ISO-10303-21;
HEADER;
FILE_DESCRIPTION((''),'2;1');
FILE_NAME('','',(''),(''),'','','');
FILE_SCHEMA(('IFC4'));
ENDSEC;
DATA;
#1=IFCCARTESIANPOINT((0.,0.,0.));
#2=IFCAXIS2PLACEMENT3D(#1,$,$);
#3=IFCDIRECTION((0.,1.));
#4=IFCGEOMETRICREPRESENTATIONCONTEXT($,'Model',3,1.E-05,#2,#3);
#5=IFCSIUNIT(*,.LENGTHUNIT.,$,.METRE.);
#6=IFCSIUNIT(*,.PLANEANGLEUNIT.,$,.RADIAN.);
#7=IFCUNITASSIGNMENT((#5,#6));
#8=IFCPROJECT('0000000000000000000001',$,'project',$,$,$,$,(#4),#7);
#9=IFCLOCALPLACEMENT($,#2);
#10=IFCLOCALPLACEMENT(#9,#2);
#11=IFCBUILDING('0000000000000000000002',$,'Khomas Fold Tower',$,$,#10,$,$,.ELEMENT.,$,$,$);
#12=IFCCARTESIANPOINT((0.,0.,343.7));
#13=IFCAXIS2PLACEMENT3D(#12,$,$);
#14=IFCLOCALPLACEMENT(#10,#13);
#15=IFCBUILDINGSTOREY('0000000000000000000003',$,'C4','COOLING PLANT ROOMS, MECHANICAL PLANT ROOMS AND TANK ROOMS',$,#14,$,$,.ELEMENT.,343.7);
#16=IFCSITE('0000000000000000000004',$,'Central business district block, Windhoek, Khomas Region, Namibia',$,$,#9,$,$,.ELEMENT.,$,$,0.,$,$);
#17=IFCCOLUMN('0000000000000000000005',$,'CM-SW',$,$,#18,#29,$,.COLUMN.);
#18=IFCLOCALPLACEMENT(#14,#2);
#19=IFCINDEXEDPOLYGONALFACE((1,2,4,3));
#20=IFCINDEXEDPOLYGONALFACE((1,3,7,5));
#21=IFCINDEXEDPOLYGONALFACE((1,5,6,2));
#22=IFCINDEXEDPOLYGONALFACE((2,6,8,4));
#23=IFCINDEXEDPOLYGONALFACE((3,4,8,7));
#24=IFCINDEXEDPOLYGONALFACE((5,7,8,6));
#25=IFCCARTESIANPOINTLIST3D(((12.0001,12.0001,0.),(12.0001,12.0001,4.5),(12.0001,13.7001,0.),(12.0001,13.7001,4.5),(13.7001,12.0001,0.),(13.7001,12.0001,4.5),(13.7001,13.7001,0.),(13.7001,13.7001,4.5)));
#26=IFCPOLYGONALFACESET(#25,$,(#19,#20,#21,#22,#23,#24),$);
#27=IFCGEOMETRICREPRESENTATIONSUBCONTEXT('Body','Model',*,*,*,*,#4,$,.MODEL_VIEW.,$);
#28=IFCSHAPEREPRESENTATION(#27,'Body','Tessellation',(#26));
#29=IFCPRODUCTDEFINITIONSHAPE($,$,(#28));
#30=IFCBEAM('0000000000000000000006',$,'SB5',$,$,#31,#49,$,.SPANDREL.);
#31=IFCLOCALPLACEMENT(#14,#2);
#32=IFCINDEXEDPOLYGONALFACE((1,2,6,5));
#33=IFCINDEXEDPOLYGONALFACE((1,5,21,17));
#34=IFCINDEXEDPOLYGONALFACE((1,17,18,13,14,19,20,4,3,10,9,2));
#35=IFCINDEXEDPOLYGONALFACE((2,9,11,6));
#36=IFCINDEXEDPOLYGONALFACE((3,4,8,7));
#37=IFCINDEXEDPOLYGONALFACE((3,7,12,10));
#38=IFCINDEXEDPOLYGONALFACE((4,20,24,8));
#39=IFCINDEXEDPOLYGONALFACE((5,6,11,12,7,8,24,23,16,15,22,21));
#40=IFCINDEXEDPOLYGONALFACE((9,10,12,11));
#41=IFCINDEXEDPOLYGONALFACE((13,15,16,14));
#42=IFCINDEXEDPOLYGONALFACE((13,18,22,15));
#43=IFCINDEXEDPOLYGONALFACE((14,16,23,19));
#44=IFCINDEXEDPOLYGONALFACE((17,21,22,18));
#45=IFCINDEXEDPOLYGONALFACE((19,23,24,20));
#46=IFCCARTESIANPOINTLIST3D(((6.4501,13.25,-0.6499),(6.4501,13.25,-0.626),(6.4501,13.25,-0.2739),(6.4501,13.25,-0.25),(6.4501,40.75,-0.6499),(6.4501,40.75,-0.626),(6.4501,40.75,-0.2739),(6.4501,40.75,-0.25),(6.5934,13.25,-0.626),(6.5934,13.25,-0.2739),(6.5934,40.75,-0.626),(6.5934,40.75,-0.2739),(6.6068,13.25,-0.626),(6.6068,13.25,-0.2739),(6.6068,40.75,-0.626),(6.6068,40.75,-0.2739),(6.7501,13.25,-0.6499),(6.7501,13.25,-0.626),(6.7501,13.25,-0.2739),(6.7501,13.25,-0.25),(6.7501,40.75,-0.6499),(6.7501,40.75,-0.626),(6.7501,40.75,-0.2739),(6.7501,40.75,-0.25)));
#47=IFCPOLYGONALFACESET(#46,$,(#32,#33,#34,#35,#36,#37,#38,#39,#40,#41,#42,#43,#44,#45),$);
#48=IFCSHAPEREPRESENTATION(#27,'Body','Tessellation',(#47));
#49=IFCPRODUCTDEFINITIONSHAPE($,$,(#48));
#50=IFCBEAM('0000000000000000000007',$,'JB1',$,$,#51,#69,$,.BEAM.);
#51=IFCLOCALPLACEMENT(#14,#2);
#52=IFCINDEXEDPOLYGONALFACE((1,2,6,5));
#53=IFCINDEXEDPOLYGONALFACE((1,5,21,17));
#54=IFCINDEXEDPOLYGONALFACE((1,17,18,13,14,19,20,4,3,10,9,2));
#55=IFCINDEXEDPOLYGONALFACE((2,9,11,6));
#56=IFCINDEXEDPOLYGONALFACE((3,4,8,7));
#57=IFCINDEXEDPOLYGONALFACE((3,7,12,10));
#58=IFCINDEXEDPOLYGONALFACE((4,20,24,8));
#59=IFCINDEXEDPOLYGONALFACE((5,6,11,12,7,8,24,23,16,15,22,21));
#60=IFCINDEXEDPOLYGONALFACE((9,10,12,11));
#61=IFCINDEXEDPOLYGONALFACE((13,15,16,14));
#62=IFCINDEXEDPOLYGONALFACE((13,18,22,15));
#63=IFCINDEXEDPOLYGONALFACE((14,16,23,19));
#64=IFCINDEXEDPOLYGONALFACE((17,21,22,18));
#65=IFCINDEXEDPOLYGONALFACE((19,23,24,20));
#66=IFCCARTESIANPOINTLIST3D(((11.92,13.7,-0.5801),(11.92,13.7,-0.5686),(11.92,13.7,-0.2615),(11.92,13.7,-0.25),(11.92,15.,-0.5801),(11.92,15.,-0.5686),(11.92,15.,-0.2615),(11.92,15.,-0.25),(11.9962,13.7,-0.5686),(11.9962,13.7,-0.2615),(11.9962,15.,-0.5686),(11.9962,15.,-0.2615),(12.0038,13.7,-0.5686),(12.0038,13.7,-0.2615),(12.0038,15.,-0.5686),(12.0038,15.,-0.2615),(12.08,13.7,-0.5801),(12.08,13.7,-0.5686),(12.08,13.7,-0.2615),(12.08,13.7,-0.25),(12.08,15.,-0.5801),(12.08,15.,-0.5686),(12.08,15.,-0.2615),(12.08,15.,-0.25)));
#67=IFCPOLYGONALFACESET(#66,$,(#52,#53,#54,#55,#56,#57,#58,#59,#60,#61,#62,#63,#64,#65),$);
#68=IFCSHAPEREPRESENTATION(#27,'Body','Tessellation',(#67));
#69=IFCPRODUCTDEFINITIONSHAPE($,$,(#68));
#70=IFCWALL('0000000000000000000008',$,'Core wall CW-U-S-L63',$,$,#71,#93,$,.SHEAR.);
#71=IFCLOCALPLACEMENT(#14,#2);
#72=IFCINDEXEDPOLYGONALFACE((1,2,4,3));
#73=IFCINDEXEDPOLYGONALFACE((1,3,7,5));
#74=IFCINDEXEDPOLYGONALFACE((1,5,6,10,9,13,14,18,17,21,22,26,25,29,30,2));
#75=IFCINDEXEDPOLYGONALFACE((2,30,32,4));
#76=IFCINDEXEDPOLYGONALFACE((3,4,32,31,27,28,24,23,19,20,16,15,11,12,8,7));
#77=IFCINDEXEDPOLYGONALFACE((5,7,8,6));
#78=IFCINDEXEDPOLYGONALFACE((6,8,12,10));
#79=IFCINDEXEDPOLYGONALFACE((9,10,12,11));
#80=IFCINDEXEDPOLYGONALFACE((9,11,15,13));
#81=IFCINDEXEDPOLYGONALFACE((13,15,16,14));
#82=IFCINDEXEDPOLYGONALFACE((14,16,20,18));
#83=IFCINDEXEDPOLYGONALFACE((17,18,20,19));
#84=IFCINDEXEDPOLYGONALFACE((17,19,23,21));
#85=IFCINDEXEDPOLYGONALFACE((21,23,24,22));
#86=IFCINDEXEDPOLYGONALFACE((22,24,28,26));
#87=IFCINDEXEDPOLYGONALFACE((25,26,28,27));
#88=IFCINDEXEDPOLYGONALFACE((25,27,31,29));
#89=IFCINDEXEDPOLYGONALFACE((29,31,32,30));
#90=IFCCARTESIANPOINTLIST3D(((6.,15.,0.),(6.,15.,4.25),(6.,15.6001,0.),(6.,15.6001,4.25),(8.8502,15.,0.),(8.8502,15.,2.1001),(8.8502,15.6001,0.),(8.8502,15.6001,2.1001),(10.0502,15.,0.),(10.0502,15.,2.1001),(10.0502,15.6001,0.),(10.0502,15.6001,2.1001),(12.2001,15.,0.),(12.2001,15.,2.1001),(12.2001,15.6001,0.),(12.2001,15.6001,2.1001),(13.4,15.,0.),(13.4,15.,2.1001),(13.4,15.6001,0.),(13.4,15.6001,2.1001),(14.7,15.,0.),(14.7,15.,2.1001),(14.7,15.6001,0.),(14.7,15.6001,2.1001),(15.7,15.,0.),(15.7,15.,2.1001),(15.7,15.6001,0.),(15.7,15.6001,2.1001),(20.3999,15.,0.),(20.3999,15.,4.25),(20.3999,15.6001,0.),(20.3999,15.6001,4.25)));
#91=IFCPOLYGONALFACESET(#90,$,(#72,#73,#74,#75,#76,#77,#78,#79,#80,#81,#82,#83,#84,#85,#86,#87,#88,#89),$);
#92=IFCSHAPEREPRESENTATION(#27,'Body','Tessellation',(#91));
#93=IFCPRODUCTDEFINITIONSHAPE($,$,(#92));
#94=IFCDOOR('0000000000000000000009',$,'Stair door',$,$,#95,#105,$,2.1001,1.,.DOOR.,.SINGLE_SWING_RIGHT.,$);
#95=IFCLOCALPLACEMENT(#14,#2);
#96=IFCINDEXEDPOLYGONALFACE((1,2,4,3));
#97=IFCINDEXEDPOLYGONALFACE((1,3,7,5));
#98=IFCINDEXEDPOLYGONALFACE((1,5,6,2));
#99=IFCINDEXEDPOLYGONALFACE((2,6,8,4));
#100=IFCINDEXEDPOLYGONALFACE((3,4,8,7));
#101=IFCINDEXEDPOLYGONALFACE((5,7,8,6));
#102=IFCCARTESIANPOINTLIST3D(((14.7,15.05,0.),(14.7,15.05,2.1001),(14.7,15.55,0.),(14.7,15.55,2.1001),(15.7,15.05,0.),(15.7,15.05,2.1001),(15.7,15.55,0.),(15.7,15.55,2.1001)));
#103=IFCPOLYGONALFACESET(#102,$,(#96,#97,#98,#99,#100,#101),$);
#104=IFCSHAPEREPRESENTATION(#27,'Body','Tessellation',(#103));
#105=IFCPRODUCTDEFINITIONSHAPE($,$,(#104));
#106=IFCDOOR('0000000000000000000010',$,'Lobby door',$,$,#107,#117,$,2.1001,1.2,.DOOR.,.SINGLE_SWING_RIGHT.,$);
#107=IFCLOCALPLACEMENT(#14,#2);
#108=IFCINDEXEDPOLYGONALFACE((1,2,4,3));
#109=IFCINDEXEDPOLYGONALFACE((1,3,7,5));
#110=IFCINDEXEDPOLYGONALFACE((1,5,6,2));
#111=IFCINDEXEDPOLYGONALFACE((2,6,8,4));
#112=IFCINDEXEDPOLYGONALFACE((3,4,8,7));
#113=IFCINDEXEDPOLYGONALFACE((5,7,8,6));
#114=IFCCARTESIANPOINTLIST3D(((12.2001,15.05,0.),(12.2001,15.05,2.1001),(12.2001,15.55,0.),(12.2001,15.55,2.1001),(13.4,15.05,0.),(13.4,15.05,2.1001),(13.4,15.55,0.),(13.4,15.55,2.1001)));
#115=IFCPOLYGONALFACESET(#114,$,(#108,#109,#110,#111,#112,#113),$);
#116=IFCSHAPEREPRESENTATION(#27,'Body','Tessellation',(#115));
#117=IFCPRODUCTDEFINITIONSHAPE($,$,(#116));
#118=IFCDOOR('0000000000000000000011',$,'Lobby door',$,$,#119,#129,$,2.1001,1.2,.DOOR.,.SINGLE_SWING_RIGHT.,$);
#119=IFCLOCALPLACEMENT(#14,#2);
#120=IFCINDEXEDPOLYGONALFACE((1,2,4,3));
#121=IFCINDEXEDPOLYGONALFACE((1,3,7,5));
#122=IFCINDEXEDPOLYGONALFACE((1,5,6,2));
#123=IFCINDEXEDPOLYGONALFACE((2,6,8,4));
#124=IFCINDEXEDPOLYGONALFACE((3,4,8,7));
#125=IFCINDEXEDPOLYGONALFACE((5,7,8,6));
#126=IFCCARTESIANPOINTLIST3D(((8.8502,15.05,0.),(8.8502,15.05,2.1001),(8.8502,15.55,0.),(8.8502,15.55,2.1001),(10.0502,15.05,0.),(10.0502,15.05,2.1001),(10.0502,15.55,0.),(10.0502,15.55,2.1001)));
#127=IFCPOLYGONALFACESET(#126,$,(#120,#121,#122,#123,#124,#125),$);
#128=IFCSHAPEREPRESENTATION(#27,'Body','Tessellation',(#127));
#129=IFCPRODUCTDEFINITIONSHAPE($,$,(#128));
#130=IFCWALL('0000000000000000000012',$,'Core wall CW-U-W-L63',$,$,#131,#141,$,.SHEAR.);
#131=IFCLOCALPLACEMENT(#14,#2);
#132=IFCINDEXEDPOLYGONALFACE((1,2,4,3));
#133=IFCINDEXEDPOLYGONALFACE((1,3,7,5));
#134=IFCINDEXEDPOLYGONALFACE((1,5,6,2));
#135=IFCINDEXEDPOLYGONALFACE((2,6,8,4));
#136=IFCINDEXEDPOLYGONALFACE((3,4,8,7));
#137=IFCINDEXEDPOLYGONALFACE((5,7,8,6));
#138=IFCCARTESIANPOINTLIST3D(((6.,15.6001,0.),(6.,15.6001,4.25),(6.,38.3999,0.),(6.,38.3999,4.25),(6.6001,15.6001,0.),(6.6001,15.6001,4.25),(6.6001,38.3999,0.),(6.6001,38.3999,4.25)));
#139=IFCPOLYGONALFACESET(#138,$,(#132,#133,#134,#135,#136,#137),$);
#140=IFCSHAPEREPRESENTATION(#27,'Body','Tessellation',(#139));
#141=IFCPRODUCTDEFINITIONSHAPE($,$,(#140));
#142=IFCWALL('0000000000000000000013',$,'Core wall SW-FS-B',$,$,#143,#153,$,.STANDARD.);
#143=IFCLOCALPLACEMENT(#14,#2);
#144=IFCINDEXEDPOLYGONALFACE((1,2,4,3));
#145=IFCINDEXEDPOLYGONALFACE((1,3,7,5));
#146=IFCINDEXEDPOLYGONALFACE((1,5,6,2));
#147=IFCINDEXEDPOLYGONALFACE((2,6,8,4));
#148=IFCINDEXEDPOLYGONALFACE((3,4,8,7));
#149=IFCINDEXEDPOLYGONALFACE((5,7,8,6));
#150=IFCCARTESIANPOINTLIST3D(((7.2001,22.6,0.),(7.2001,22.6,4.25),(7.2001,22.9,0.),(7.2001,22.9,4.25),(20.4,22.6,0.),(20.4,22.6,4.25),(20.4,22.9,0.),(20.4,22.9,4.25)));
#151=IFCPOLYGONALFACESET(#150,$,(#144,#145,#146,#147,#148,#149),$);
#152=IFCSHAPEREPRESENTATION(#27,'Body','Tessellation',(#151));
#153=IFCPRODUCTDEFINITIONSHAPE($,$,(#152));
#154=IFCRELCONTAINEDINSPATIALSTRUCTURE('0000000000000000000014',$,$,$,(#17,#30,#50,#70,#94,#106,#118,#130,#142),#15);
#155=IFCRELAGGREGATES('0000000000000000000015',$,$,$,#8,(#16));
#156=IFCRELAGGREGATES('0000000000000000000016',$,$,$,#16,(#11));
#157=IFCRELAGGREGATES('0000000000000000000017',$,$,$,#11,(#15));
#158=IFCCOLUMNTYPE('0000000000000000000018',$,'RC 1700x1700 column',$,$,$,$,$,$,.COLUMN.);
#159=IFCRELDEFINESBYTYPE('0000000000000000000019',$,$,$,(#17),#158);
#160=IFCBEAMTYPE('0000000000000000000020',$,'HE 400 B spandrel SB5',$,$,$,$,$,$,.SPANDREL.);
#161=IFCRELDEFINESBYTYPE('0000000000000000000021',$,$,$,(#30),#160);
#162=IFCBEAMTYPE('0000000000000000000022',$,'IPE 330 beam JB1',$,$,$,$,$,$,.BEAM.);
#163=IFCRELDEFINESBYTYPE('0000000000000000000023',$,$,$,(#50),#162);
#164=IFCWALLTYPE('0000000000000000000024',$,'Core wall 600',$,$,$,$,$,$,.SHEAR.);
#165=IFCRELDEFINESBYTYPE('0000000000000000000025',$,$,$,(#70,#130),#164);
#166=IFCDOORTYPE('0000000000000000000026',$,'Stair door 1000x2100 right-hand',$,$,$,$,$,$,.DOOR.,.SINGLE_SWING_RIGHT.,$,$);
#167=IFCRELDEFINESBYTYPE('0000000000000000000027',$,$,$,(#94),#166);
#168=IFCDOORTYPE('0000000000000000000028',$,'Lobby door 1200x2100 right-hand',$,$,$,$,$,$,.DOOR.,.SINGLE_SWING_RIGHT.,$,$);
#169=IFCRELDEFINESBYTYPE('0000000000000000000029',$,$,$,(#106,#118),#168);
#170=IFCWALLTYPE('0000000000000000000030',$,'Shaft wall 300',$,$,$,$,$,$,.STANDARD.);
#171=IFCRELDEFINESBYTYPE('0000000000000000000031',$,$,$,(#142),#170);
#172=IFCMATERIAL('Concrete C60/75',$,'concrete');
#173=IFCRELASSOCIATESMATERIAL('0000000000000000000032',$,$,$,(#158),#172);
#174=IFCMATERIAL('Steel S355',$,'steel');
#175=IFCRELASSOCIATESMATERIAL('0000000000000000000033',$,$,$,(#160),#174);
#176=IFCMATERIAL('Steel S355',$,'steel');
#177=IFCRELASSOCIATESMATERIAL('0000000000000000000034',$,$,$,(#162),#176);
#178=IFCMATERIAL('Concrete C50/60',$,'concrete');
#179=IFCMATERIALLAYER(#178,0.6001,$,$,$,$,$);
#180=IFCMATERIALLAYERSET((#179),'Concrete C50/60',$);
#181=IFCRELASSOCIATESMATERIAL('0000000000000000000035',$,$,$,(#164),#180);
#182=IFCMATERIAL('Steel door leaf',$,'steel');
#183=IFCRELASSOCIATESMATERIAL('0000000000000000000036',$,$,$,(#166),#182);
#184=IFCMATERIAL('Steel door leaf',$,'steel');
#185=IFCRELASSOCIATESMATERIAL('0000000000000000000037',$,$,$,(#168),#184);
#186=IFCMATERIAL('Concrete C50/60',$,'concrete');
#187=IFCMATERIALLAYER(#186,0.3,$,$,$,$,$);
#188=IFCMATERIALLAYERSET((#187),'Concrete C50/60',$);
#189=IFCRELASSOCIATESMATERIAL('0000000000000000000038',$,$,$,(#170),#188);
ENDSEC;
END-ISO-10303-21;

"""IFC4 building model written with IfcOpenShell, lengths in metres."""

from ifc_helpers import new_model, si_unit, direction, frame, frame_2d, origin, origin_2d, place, context, subcontext, project, spatial, rectangle, i_section, extrude, source, transform, mapped, material, layer, layer_set, material_profile, profile_set, type_object, element, fill, save


model = new_model("IFC4")

# Units and contexts
model_context = context("Model", 3, precision=1e-05, world=origin(), true_north=direction((0.0, 1.0)))
body_context = subcontext(model_context, "Body", "Model", "MODEL_VIEW")
ifc_project = project(units=[si_unit("LENGTHUNIT", "METRE"), si_unit("PLANEANGLEUNIT", "RADIAN")], contexts=[model_context])

# Site, building, storey
site_placement = place(None, origin())
site = spatial("IfcSite", under=ifc_project, at=site_placement, Name="Central business district block, Windhoek, Khomas Region, Namibia", CompositionType="ELEMENT", RefElevation=0.0)
building_placement = place(site_placement, origin())
building = spatial("IfcBuilding", under=site, at=building_placement, Name="Khomas Fold Tower", CompositionType="ELEMENT")
storey_placement = place(building_placement, frame((0.0, 0.0, 343.7)))
storey = spatial("IfcBuildingStorey", under=building, at=storey_placement, Name="C4", Description="COOLING PLANT ROOMS, MECHANICAL PLANT ROOMS AND TANK ROOMS", CompositionType="ELEMENT", Elevation=343.7)

# Column
ifc_material_1 = material(Name="Concrete C60/75", Category="concrete")
ifc_material_profile_1 = material_profile(ifc_material_1, rectangle(XDim=1.7, YDim=1.7, at=origin_2d()), Name="RC 1700x1700")
ifc_profile_set_1 = profile_set([ifc_material_profile_1], Name="Concrete C60/75")
column_type = type_object("IfcColumnType", Name="RC 1700x1700 column", PredefinedType="COLUMN", material=ifc_profile_set_1)
shared_shape_1 = source(origin(), body_context, "Body", "SweptSolid", [
    extrude(rectangle(XDim=1.7, YDim=1.7, at=origin_2d()), origin(), (0.0, 0.0, 1.0), 4.5),
])
column_placement = place(storey_placement, frame((12.8501, 12.8501, 0.0), z_axis=(0.0, 0.0, 1.0), x_axis=(1.0, 0.0, 0.0)))
element("IfcColumn", 1, at=column_placement, inside=storey, type_object=column_type, Name="CM-SW", PredefinedType="COLUMN", context=body_context, shape_type="MappedRepresentation", body=[
    mapped(shared_shape_1, transform((0.0, 0.0, 0.0))),
])

# Beams
ifc_material_2 = material(Name="Steel S355", Category="steel")
ifc_material_profile_2 = material_profile(ifc_material_2, i_section(OverallWidth=0.3, OverallDepth=0.3999, WebThickness=0.0134, FlangeThickness=0.0239, at=origin_2d()), Name="HE 400 B")
ifc_profile_set_2 = profile_set([ifc_material_profile_2], Name="Steel S355")
beam_type_1 = type_object("IfcBeamType", Name="HE 400 B spandrel SB5", PredefinedType="SPANDREL", material=ifc_profile_set_2)
shared_shape_2 = source(origin(), body_context, "Body", "SweptSolid", [
    extrude(i_section(OverallWidth=0.3, OverallDepth=0.3999, WebThickness=0.0134, FlangeThickness=0.0239, at=origin_2d()), origin(), (0.0, 0.0, 1.0), 27.5),
])
beam_1_placement = place(storey_placement, frame((6.6001, 13.25, -0.45), z_axis=(0.0, 1.0, 0.0), x_axis=(-1.0, 0.0, 0.0)))
element("IfcBeam", 2, at=beam_1_placement, inside=storey, type_object=beam_type_1, Name="SB5", PredefinedType="SPANDREL", context=body_context, shape_type="MappedRepresentation", body=[
    mapped(shared_shape_2, transform((0.0, 0.0, 0.0))),
])
ifc_material_3 = material(Name="Steel S355", Category="steel")
ifc_material_profile_3 = material_profile(ifc_material_3, i_section(OverallWidth=0.1599, OverallDepth=0.3301, WebThickness=0.0076, FlangeThickness=0.0115, at=origin_2d()), Name="IPE 330")
ifc_profile_set_3 = profile_set([ifc_material_profile_3], Name="Steel S355")
beam_type_2 = type_object("IfcBeamType", Name="IPE 330 beam JB1", PredefinedType="BEAM", material=ifc_profile_set_3)
shared_shape_3 = source(origin(), body_context, "Body", "SweptSolid", [
    extrude(i_section(OverallWidth=0.1599, OverallDepth=0.3301, WebThickness=0.0076, FlangeThickness=0.0115, at=origin_2d()), origin(), (0.0, 0.0, 1.0), 1.3),
])
beam_2_placement = place(storey_placement, frame((12.0, 13.7, -0.415), z_axis=(0.0, 1.0, 0.0), x_axis=(-1.0, 0.0, 0.0)))
element("IfcBeam", 3, at=beam_2_placement, inside=storey, type_object=beam_type_2, Name="JB1", PredefinedType="BEAM", context=body_context, shape_type="MappedRepresentation", body=[
    mapped(shared_shape_3, transform((0.0, 0.0, 0.0))),
])

# Wall, openings, doors
ifc_material_4 = material(Name="Concrete C50/60", Category="concrete")
ifc_layer_1 = layer(ifc_material_4, 0.6001)
ifc_layer_set_1 = layer_set([ifc_layer_1], Name="Concrete C50/60")
wall_type_1 = type_object("IfcWallType", Name="Core wall 600", PredefinedType="SHEAR", material=ifc_layer_set_1)
shared_shape_4 = source(origin(), body_context, "Body", "SweptSolid", [
    extrude(rectangle(XDim=14.3999, YDim=0.6001, at=frame_2d((7.2, 0.0))), origin(), (0.0, 0.0, 1.0), 4.25),
])
wall_1_placement = place(storey_placement, frame((6.0, 15.3, 0.0), z_axis=(0.0, 0.0, 1.0), x_axis=(1.0, 0.0, 0.0)))
wall_1 = element("IfcWall", 4, at=wall_1_placement, inside=storey, type_object=wall_type_1, Name="Core wall CW-U-S-L63", PredefinedType="SHEAR", context=body_context, shape_type="MappedRepresentation", body=[
    mapped(shared_shape_4, transform((0.0, 0.0, 0.0))),
])
shared_shape_5 = source(origin(), body_context, "Body", "SweptSolid", [
    extrude(rectangle(XDim=1.2, YDim=2.1001, at=frame_2d((0.6001, 1.05))), frame((0.0, 0.3101, 0.0), z_axis=(0.0, -1.0, 0.0), x_axis=(1.0, 0.0, 0.0)), (0.0, 0.0, 1.0), 0.6201),
])
opening_1_placement = place(wall_1_placement, frame((6.2, 0.0, 0.0)))
opening_1 = element("IfcOpeningElement", 5, at=opening_1_placement, cuts=wall_1, PredefinedType="OPENING", context=body_context, shape_type="MappedRepresentation", body=[
    mapped(shared_shape_5, transform((0.0, 0.0, 0.0))),
])
opening_2_placement = place(wall_1_placement, frame((2.8501, 0.0, 0.0)))
opening_2 = element("IfcOpeningElement", 6, at=opening_2_placement, cuts=wall_1, PredefinedType="OPENING", context=body_context, shape_type="MappedRepresentation", body=[
    mapped(shared_shape_5, transform((0.0, 0.0, 0.0))),
])
shared_shape_6 = source(origin(), body_context, "Body", "SweptSolid", [
    extrude(rectangle(XDim=1.0, YDim=2.1001, at=frame_2d((0.5, 1.05))), frame((0.0, 0.3101, 0.0), z_axis=(0.0, -1.0, 0.0), x_axis=(1.0, 0.0, 0.0)), (0.0, 0.0, 1.0), 0.6201),
])
opening_3_placement = place(wall_1_placement, frame((8.7, 0.0, 0.0)))
opening_3 = element("IfcOpeningElement", 7, at=opening_3_placement, cuts=wall_1, PredefinedType="OPENING", context=body_context, shape_type="MappedRepresentation", body=[
    mapped(shared_shape_6, transform((0.0, 0.0, 0.0))),
])
ifc_material_5 = material(Name="Steel door leaf", Category="steel")
door_type_1 = type_object("IfcDoorType", Name="Stair door 1000x2100 right-hand", OperationType="SINGLE_SWING_RIGHT", PredefinedType="DOOR", material=ifc_material_5)
shared_shape_7 = source(origin(), body_context, "Body", "SweptSolid", [
    extrude(rectangle(XDim=1.0, YDim=2.1001, at=frame_2d((0.5, 1.05))), frame((0.0, 0.25, 0.0), z_axis=(0.0, -1.0, 0.0), x_axis=(1.0, 0.0, 0.0)), (0.0, 0.0, 1.0), 0.5),
])
door_1_placement = place(opening_3_placement, origin())
door_1 = element("IfcDoor", 8, at=door_1_placement, inside=storey, type_object=door_type_1, Name="Stair door", OperationType="SINGLE_SWING_RIGHT", OverallHeight=2.1001, OverallWidth=1.0, PredefinedType="DOOR", context=body_context, shape_type="MappedRepresentation", body=[
    mapped(shared_shape_7, transform((0.0, 0.0, 0.0))),
])
fill(opening_3, door_1)
ifc_material_6 = material(Name="Steel door leaf", Category="steel")
door_type_2 = type_object("IfcDoorType", Name="Lobby door 1200x2100 right-hand", OperationType="SINGLE_SWING_RIGHT", PredefinedType="DOOR", material=ifc_material_6)
shared_shape_8 = source(origin(), body_context, "Body", "SweptSolid", [
    extrude(rectangle(XDim=1.2, YDim=2.1001, at=frame_2d((0.6001, 1.05))), frame((0.0, 0.25, 0.0), z_axis=(0.0, -1.0, 0.0), x_axis=(1.0, 0.0, 0.0)), (0.0, 0.0, 1.0), 0.5),
])
door_2_placement = place(opening_1_placement, origin())
door_2 = element("IfcDoor", 9, at=door_2_placement, inside=storey, type_object=door_type_2, Name="Lobby door", OperationType="SINGLE_SWING_RIGHT", OverallHeight=2.1001, OverallWidth=1.2, PredefinedType="DOOR", context=body_context, shape_type="MappedRepresentation", body=[
    mapped(shared_shape_8, transform((0.0, 0.0, 0.0))),
])
fill(opening_1, door_2)
door_3_placement = place(opening_2_placement, origin())
door_3 = element("IfcDoor", 10, at=door_3_placement, inside=storey, type_object=door_type_2, Name="Lobby door", OperationType="SINGLE_SWING_RIGHT", OverallHeight=2.1001, OverallWidth=1.2, PredefinedType="DOOR", context=body_context, shape_type="MappedRepresentation", body=[
    mapped(shared_shape_8, transform((0.0, 0.0, 0.0))),
])
fill(opening_2, door_3)

# Walls
shared_shape_9 = source(origin(), body_context, "Body", "SweptSolid", [
    extrude(rectangle(XDim=22.7998, YDim=0.6001, at=frame_2d((11.3999, 0.0))), origin(), (0.0, 0.0, 1.0), 4.25),
])
wall_2_placement = place(storey_placement, frame((6.3, 15.6001, 0.0), z_axis=(0.0, 0.0, 1.0), x_axis=(0.0, 1.0, 0.0)))
element("IfcWall", 11, at=wall_2_placement, inside=storey, type_object=wall_type_1, Name="Core wall CW-U-W-L63", PredefinedType="SHEAR", context=body_context, shape_type="MappedRepresentation", body=[
    mapped(shared_shape_9, transform((0.0, 0.0, 0.0))),
])
ifc_material_7 = material(Name="Concrete C50/60", Category="concrete")
ifc_layer_2 = layer(ifc_material_7, 0.3)
ifc_layer_set_2 = layer_set([ifc_layer_2], Name="Concrete C50/60")
wall_type_2 = type_object("IfcWallType", Name="Shaft wall 300", PredefinedType="STANDARD", material=ifc_layer_set_2)
shared_shape_10 = source(origin(), body_context, "Body", "SweptSolid", [
    extrude(rectangle(XDim=13.2, YDim=0.3, at=frame_2d((6.6001, 0.0))), origin(), (0.0, 0.0, 1.0), 4.25),
])
wall_3_placement = place(storey_placement, frame((7.2, 22.75, 0.0), z_axis=(0.0, 0.0, 1.0), x_axis=(1.0, 0.0, 0.0)))
element("IfcWall", 12, at=wall_3_placement, inside=storey, type_object=wall_type_2, Name="Core wall SW-FS-B", PredefinedType="STANDARD", context=body_context, shape_type="MappedRepresentation", body=[
    mapped(shared_shape_10, transform((0.0, 0.0, 0.0))),
])

save(model, "model.ifc")
